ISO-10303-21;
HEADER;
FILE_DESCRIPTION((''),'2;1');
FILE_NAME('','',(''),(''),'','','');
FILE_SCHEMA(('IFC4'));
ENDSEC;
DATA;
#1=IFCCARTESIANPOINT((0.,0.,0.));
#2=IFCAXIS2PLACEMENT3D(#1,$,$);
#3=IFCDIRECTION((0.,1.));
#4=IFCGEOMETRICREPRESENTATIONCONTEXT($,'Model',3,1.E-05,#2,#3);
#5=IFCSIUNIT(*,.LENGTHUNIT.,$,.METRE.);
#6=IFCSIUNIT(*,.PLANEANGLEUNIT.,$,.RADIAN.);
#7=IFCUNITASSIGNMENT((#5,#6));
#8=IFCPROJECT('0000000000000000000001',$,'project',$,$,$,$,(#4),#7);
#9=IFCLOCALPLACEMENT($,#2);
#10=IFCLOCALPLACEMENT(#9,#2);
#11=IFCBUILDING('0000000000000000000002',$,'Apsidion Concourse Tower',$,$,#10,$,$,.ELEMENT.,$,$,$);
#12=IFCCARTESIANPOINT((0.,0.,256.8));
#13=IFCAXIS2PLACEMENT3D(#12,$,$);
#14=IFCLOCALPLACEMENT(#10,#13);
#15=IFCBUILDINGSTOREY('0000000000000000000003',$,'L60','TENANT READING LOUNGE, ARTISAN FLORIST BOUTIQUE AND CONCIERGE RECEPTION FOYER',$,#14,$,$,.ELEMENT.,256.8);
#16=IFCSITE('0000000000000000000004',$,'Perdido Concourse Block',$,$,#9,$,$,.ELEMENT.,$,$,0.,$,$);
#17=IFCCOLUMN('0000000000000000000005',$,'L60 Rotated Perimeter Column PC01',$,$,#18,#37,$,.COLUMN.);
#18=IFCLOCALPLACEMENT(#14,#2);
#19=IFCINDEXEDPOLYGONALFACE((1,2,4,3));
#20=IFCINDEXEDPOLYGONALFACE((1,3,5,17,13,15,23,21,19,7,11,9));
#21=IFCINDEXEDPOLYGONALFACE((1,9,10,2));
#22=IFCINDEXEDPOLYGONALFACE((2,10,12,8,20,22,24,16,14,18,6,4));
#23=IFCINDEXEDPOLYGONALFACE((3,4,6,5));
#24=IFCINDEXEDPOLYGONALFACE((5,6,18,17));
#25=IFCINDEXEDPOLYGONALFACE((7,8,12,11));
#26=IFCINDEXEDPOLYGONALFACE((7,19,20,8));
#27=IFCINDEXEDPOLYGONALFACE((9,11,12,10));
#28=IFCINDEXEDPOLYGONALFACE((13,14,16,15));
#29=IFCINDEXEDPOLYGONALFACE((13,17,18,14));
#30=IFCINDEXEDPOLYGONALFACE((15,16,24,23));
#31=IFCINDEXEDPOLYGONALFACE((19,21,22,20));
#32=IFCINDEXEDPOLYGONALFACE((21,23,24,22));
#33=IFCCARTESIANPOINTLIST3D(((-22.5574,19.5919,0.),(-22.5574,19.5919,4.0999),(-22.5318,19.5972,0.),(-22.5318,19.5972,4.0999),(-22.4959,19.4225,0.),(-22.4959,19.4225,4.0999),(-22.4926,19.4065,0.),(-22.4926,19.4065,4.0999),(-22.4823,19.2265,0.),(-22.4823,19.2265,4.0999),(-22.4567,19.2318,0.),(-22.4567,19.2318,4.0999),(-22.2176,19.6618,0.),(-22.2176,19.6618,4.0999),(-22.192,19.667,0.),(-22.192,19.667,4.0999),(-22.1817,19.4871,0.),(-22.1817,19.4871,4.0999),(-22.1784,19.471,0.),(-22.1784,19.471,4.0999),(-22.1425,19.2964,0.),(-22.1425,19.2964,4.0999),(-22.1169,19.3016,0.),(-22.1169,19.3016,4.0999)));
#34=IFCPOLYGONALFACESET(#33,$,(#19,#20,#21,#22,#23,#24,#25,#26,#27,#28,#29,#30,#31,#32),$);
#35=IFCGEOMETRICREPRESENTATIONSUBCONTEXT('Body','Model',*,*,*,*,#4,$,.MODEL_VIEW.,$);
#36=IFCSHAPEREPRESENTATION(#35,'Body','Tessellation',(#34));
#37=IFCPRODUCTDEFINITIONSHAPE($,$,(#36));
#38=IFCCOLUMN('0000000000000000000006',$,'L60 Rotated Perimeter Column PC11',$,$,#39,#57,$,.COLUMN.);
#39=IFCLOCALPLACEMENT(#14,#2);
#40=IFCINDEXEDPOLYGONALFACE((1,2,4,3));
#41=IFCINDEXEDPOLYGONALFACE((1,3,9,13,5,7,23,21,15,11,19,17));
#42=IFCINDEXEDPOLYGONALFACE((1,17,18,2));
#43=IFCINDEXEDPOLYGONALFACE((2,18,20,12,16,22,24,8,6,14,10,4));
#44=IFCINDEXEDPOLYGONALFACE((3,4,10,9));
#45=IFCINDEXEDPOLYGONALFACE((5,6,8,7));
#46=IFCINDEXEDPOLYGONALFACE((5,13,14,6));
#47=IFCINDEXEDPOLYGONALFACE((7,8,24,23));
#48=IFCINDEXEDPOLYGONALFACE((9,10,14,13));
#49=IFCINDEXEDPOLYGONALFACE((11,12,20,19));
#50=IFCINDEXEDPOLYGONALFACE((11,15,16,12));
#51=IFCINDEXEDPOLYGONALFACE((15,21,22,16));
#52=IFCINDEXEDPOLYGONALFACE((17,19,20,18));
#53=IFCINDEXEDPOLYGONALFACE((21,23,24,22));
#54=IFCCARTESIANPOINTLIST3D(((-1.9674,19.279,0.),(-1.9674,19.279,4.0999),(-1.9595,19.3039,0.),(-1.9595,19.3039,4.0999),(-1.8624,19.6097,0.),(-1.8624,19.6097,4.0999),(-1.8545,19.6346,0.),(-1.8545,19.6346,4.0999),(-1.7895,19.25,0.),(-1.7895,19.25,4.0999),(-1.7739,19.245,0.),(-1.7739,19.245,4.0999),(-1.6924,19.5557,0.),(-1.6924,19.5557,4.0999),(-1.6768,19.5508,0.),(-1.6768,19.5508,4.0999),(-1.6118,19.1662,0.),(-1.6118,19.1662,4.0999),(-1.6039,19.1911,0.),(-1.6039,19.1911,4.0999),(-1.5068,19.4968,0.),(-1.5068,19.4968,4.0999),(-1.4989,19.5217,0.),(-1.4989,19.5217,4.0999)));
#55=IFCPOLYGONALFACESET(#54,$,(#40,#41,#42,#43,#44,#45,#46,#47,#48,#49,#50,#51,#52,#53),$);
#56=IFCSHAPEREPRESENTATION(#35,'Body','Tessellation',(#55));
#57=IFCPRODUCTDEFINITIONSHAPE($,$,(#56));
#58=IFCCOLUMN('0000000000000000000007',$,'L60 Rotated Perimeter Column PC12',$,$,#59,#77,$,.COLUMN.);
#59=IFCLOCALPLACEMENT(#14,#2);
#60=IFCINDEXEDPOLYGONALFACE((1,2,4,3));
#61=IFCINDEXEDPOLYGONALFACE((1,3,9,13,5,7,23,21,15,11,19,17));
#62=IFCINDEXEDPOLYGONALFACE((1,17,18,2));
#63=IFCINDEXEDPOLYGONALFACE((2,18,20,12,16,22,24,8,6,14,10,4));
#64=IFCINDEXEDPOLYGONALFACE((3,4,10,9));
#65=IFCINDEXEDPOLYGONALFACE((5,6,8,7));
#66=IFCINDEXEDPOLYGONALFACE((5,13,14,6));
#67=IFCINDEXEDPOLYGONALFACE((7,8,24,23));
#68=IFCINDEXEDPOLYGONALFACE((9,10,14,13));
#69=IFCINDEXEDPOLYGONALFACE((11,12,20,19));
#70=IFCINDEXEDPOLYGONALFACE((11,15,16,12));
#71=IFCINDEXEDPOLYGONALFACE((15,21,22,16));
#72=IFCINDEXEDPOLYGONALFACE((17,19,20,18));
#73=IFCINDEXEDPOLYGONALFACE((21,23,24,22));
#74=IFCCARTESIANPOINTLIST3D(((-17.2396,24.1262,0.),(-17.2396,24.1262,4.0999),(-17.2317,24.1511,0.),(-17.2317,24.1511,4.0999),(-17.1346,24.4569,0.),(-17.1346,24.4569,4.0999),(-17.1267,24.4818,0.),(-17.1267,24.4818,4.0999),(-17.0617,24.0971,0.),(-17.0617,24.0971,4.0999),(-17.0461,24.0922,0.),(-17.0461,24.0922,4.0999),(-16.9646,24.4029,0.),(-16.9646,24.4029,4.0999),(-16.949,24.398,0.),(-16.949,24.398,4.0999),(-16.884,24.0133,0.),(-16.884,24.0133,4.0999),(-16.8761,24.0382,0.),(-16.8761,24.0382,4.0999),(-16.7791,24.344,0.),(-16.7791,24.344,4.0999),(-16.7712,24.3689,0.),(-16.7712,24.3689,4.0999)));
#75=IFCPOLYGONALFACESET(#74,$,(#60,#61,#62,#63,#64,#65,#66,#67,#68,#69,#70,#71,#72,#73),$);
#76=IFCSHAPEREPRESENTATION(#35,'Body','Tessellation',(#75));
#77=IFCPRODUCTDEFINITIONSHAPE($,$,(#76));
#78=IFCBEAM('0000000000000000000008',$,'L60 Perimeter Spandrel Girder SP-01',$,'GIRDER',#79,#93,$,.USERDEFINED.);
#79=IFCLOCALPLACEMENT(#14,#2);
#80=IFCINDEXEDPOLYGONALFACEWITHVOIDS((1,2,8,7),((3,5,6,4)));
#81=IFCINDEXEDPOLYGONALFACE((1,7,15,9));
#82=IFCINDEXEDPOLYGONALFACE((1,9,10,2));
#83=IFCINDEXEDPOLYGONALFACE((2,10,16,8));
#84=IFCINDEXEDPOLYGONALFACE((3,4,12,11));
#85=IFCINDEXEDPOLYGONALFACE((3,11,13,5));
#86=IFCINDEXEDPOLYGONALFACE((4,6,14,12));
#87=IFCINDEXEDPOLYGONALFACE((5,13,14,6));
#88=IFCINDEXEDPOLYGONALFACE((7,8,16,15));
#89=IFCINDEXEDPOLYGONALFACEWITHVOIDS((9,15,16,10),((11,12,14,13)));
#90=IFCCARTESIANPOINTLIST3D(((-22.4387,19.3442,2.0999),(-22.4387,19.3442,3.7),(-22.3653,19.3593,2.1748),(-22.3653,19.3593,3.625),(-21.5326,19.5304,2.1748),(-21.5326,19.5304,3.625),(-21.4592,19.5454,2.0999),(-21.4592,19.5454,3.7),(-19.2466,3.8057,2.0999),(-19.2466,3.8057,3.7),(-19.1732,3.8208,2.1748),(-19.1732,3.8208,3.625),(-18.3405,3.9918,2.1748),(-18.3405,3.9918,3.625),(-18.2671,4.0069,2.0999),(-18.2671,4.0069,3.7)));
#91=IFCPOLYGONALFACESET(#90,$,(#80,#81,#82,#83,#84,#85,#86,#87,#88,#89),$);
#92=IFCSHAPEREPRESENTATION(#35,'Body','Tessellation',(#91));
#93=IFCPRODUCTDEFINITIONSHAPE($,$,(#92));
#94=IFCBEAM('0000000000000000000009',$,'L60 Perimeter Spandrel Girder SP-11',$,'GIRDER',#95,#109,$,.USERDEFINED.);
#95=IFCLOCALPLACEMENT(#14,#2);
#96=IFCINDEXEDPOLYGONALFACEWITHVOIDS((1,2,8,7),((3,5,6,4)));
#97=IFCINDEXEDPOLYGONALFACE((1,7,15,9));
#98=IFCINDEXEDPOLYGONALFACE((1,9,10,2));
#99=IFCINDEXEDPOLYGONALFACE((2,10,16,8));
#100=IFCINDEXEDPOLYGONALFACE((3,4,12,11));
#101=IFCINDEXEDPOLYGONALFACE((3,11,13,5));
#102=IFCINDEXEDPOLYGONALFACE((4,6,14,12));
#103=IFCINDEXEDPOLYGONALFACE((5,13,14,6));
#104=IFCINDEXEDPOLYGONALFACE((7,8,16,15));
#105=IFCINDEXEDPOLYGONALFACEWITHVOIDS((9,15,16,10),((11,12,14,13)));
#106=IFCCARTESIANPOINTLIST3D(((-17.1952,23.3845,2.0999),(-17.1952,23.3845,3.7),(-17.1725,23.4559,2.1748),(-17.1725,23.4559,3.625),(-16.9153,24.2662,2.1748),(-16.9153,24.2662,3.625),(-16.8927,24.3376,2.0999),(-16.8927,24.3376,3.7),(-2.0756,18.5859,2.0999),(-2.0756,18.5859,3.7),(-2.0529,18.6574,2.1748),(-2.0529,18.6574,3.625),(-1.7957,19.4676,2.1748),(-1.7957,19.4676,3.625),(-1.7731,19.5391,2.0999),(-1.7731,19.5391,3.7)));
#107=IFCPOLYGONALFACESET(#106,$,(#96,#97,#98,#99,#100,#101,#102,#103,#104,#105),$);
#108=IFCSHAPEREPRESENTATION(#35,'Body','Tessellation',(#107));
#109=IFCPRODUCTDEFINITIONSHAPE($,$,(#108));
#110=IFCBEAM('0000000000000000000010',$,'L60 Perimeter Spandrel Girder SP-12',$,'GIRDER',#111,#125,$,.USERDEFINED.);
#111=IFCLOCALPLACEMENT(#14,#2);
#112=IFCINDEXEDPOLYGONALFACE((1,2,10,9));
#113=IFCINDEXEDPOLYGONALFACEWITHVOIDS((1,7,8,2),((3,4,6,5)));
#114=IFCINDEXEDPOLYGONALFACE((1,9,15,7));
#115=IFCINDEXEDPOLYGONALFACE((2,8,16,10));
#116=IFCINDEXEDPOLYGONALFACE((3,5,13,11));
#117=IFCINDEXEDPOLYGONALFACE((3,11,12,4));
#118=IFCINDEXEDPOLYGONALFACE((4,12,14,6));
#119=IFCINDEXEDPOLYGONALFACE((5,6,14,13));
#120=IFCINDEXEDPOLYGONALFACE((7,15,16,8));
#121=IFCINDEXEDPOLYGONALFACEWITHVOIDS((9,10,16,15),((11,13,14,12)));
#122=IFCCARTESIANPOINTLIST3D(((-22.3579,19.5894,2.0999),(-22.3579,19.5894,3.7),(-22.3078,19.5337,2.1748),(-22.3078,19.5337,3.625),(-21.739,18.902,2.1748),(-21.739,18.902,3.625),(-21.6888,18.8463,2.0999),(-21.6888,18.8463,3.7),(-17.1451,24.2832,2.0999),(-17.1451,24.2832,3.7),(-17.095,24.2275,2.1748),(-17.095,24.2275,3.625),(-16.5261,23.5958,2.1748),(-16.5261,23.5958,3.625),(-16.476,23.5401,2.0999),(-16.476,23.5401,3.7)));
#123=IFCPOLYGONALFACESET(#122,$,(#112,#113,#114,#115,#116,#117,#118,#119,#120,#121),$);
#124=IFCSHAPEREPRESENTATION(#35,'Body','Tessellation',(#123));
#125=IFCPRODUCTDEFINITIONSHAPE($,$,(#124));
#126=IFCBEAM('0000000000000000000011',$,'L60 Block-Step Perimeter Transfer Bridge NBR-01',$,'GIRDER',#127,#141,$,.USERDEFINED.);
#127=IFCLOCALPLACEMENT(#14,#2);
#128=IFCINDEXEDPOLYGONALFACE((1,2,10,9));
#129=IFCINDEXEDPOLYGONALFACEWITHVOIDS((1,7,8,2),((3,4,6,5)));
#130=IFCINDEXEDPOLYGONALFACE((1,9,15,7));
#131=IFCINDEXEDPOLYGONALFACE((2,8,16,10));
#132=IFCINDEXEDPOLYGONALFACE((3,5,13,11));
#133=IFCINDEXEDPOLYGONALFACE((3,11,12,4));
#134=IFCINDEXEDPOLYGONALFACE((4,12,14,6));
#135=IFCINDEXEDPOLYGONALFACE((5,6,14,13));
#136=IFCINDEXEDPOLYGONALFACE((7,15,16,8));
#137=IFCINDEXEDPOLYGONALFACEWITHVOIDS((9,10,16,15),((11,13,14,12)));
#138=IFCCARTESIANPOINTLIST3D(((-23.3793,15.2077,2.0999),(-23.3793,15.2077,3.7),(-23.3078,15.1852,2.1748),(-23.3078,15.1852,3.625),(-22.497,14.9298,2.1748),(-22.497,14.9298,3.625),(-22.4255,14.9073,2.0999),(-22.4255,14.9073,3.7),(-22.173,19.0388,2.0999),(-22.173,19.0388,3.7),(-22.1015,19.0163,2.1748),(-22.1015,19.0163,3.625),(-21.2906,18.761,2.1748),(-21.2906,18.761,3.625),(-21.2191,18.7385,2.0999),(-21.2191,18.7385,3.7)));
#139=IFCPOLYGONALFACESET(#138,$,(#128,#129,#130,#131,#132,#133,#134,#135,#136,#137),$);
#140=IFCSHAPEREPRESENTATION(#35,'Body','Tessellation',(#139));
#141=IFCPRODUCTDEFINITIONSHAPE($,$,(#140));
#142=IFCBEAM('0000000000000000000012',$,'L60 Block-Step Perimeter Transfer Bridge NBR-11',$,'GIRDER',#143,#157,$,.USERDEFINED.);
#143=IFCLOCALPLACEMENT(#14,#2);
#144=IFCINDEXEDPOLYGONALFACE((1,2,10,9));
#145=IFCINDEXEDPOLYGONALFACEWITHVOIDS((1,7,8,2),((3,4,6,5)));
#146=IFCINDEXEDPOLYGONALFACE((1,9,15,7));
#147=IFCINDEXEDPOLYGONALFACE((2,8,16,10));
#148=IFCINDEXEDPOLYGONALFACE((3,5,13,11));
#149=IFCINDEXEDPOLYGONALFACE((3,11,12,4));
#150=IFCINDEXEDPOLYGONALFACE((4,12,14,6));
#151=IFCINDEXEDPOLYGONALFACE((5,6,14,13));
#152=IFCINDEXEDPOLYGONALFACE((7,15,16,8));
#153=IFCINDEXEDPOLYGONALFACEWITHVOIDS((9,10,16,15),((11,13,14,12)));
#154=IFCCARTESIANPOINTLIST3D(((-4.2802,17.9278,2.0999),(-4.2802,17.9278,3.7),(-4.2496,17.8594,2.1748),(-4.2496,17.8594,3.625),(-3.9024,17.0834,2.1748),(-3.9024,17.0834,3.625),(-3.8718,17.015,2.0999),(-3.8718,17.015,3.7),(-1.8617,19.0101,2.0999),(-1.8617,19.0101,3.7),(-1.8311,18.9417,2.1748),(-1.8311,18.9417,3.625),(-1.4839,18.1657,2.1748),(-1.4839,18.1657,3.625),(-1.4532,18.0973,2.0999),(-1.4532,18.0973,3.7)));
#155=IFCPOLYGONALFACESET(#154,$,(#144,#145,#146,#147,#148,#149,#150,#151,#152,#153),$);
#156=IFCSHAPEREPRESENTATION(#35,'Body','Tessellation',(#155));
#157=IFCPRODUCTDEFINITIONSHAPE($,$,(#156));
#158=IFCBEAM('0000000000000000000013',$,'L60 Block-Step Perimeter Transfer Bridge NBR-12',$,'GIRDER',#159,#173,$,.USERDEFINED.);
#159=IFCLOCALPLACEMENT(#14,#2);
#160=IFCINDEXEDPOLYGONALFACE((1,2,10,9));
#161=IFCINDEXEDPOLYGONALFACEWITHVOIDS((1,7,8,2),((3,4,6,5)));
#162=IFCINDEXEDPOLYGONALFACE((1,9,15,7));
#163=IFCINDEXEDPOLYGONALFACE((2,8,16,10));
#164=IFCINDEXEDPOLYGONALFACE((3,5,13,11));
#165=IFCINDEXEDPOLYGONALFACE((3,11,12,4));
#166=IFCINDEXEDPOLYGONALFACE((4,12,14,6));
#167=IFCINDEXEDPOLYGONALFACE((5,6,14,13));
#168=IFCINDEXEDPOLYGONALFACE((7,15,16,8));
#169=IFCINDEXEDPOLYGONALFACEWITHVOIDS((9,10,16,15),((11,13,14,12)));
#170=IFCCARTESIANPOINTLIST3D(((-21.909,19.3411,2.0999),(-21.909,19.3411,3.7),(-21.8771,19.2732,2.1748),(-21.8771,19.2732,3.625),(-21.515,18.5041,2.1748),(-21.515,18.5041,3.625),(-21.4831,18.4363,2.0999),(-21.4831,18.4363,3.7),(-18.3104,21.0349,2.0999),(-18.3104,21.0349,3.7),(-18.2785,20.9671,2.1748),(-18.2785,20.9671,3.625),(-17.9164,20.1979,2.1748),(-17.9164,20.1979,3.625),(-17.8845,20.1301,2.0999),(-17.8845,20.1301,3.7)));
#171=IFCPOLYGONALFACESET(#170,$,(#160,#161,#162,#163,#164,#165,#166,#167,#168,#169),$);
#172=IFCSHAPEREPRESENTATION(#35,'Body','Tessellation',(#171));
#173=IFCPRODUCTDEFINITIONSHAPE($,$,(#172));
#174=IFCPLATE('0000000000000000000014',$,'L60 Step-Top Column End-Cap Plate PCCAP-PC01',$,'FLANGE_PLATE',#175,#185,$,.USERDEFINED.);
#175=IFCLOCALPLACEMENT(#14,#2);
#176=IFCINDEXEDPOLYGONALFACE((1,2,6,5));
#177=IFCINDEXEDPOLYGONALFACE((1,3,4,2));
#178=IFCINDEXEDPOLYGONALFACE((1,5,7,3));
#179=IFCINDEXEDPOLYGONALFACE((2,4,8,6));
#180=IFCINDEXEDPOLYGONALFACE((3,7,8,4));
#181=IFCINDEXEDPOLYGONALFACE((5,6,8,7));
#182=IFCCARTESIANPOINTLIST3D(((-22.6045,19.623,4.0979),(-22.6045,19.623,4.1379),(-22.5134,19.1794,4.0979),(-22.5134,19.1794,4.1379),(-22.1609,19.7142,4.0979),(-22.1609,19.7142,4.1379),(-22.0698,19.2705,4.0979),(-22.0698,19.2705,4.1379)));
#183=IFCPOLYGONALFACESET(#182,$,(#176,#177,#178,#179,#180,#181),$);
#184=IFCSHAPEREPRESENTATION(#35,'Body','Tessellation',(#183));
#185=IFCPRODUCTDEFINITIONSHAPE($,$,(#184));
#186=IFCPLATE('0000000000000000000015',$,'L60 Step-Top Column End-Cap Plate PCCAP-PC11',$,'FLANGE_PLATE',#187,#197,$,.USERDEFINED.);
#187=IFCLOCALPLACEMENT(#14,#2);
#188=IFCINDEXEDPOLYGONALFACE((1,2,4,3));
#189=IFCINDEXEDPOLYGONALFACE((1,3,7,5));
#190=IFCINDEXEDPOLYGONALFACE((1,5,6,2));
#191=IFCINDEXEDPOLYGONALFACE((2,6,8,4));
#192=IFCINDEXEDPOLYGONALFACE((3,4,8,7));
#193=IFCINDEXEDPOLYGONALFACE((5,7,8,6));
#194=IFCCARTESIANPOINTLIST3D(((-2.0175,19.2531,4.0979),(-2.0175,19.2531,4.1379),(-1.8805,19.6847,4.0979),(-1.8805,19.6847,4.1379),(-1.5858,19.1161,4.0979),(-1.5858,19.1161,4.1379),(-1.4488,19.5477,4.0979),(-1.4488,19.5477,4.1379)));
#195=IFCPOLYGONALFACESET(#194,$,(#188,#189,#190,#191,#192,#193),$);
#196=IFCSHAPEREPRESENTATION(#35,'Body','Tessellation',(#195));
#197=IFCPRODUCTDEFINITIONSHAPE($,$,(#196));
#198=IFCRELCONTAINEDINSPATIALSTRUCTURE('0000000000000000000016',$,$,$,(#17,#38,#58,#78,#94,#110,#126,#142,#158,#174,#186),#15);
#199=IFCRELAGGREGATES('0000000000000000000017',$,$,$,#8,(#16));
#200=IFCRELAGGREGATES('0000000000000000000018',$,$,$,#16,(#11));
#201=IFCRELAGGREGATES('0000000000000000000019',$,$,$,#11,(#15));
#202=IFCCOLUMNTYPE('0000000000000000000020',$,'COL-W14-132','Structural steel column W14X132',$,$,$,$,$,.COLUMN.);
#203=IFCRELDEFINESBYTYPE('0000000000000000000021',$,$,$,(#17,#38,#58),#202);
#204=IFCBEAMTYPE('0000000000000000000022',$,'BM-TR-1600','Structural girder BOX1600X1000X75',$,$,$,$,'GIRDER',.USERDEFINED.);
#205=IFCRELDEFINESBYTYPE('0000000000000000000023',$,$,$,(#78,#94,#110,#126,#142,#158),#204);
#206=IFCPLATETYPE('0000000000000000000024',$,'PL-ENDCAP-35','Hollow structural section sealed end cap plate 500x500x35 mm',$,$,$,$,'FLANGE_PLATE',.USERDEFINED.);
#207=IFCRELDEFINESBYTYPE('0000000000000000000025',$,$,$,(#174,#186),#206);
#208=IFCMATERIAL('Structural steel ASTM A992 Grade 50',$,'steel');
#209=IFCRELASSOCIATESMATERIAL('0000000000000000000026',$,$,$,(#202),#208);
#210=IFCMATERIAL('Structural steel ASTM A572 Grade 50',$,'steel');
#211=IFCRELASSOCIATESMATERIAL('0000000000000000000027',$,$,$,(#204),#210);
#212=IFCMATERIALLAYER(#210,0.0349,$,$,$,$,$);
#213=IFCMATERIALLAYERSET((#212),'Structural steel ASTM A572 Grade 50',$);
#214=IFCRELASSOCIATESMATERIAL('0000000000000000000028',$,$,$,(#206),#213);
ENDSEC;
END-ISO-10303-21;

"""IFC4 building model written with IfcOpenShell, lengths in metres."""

from ifc_helpers import new_model, si_unit, direction, frame, origin, origin_2d, place, context, subcontext, project, spatial, rectangle, hollow_rectangle, i_section, extrude, material, layer, layer_set, material_profile, profile_set, type_object, element, save


model = new_model("IFC4")

# Units and contexts
model_context = context("Model", 3, precision=1e-05, world=origin(), true_north=direction((0.0, 1.0)))
body_context = subcontext(model_context, "Body", "Model", "MODEL_VIEW")
ifc_project = project(units=[si_unit("LENGTHUNIT", "METRE"), si_unit("PLANEANGLEUNIT", "RADIAN")], contexts=[model_context])

# Site, building, storey
site_placement = place(None, origin())
site = spatial("IfcSite", under=ifc_project, at=site_placement, Name="Perdido Concourse Block", CompositionType="ELEMENT", RefElevation=0.0)
building_placement = place(site_placement, origin())
building = spatial("IfcBuilding", under=site, at=building_placement, Name="Apsidion Concourse Tower", CompositionType="ELEMENT")
storey_placement = place(building_placement, frame((0.0, 0.0, 256.8)))
storey = spatial("IfcBuildingStorey", under=building, at=storey_placement, Name="L60", Description="TENANT READING LOUNGE, ARTISAN FLORIST BOUTIQUE AND CONCIERGE RECEPTION FOYER", CompositionType="ELEMENT", Elevation=256.8)

# Columns
ifc_material_1 = material(Name="Structural steel ASTM A992 Grade 50", Category="steel")
ifc_material_profile_1 = material_profile(ifc_material_1, i_section(OverallWidth=0.373, OverallDepth=0.373, WebThickness=0.0164, FlangeThickness=0.0261, at=origin_2d()), Name="W14X132")
ifc_profile_set_1 = profile_set([ifc_material_profile_1], Name="Structural steel ASTM A992 Grade 50")
column_type = type_object("IfcColumnType", Name="COL-W14-132", Description="Structural steel column W14X132", PredefinedType="COLUMN", material=ifc_profile_set_1)
for number, where, z_axis, x_axis, name in (
    (1, (-22.3372, 19.4468, 0.0), (0.0, 0.0, 1.0), (-0.201249, 0.97954, 0.0), "L60 Rotated Perimeter Column PC01"),
    (2, (-1.7332, 19.4004, 0.0), (0.0, 0.0, 1.0), (-0.953138, 0.302536, 0.0), "L60 Rotated Perimeter Column PC11"),
    (3, (-17.0054, 24.2476, 0.0), (0.0, 0.0, 1.0), (-0.953138, 0.302536, 0.0), "L60 Rotated Perimeter Column PC12"),
):
    element("IfcColumn", number, at=place(storey_placement, frame(where, z_axis=z_axis, x_axis=x_axis)), inside=storey, type_object=column_type, Name=name, PredefinedType="COLUMN", context=body_context, shape_type="SweptSolid", body=[
        extrude(i_section(OverallWidth=0.373, OverallDepth=0.373, WebThickness=0.0164, FlangeThickness=0.0261, at=origin_2d()), origin(), (0.0, 0.0, 1.0), 4.0999),
    ])

# Beams
ifc_material_2 = material(Name="Structural steel ASTM A572 Grade 50", Category="steel")
ifc_material_profile_2 = material_profile(ifc_material_2, hollow_rectangle(XDim=1.0, YDim=1.6001, WallThickness=0.075, at=origin_2d()), Name="BOX1600X1000X75")
ifc_profile_set_2 = profile_set([ifc_material_profile_2], Name="Structural steel ASTM A572 Grade 50")
beam_type = type_object("IfcBeamType", Name="BM-TR-1600", Description="Structural girder BOX1600X1000X75", ElementType="GIRDER", PredefinedType="USERDEFINED", material=ifc_profile_set_2)
beam_1_placement = place(storey_placement, frame((-21.949, 19.4448, 2.8999), z_axis=(0.201231, -0.979544, 0.0), x_axis=(0.979544, 0.201231, 0.0)))
element("IfcBeam", 4, at=beam_1_placement, inside=storey, type_object=beam_type, Name="L60 Perimeter Spandrel Girder SP-01", ObjectType="GIRDER", PredefinedType="USERDEFINED", context=body_context, shape_type="SweptSolid", body=[
    extrude(hollow_rectangle(XDim=1.0, YDim=1.6001, WallThickness=0.075, at=origin_2d()), origin(), (0.0, 0.0, 1.0), 15.863),
])
beam_2_placement = place(storey_placement, frame((-1.9243, 19.0625, 2.8999), z_axis=(-0.953148, 0.302505, 0.0), x_axis=(-0.302505, -0.953148, 0.0)))
element("IfcBeam", 5, at=beam_2_placement, inside=storey, type_object=beam_type, Name="L60 Perimeter Spandrel Girder SP-11", ObjectType="GIRDER", PredefinedType="USERDEFINED", context=body_context, shape_type="SweptSolid", body=[
    extrude(hollow_rectangle(XDim=1.0, YDim=1.6001, WallThickness=0.075, at=origin_2d()), origin(), (0.0, 0.0, 1.0), 15.8628),
])
beam_3_placement = place(storey_placement, frame((-16.8105, 23.9116, 2.8999), z_axis=(-0.743135, -0.669142, 0.0), x_axis=(0.669142, -0.743135, 0.0)))
element("IfcBeam", 6, at=beam_3_placement, inside=storey, type_object=beam_type, Name="L60 Perimeter Spandrel Girder SP-12", ObjectType="GIRDER", PredefinedType="USERDEFINED", context=body_context, shape_type="SweptSolid", body=[
    extrude(hollow_rectangle(XDim=1.0, YDim=1.6001, WallThickness=0.075, at=origin_2d()), origin(), (0.0, 0.0, 1.0), 7.0146),
])
beam_4_placement = place(storey_placement, frame((-21.696, 18.8887, 2.8999), z_axis=(-0.300337, -0.953833, 0.0), x_axis=(0.953833, -0.300337, 0.0)))
element("IfcBeam", 7, at=beam_4_placement, inside=storey, type_object=beam_type, Name="L60 Block-Step Perimeter Transfer Bridge NBR-01", ObjectType="GIRDER", PredefinedType="USERDEFINED", context=body_context, shape_type="SweptSolid", body=[
    extrude(hollow_rectangle(XDim=1.0, YDim=1.6001, WallThickness=0.075, at=origin_2d()), origin(), (0.0, 0.0, 1.0), 4.0166),
])
beam_5_placement = place(storey_placement, frame((-1.6575, 18.5537, 2.8999), z_axis=(-0.912771, -0.408471, 0.0), x_axis=(0.408471, -0.912771, 0.0)))
element("IfcBeam", 8, at=beam_5_placement, inside=storey, type_object=beam_type, Name="L60 Block-Step Perimeter Transfer Bridge NBR-11", ObjectType="GIRDER", PredefinedType="USERDEFINED", context=body_context, shape_type="SweptSolid", body=[
    extrude(hollow_rectangle(XDim=1.0, YDim=1.6001, WallThickness=0.075, at=origin_2d()), origin(), (0.0, 0.0, 1.0), 2.6497),
])
beam_6_placement = place(storey_placement, frame((-21.696, 18.8887, 2.8999), z_axis=(0.904783, 0.425874, 0.0), x_axis=(-0.425874, 0.904783, 0.0)))
element("IfcBeam", 9, at=beam_6_placement, inside=storey, type_object=beam_type, Name="L60 Block-Step Perimeter Transfer Bridge NBR-12", ObjectType="GIRDER", PredefinedType="USERDEFINED", context=body_context, shape_type="SweptSolid", body=[
    extrude(hollow_rectangle(XDim=1.0, YDim=1.6001, WallThickness=0.075, at=origin_2d()), origin(), (0.0, 0.0, 1.0), 3.9773),
])

# Plates
ifc_layer_1 = layer(ifc_material_2, 0.0349)
ifc_layer_set_1 = layer_set([ifc_layer_1], Name="Structural steel ASTM A572 Grade 50")
plate_type = type_object("IfcPlateType", Name="PL-ENDCAP-35", Description="Hollow structural section sealed end cap plate 500x500x35 mm", ElementType="FLANGE_PLATE", PredefinedType="USERDEFINED", material=ifc_layer_set_1)
for number, where, z_axis, x_axis, name in (
    (10, (-22.3372, 19.4468, 4.0979), (0.0, 0.0, 1.0), (-0.201249, 0.97954, 0.0), "L60 Step-Top Column End-Cap Plate PCCAP-PC01"),
    (11, (-1.7332, 19.4004, 4.0979), (0.0, 0.0, 1.0), (-0.953138, 0.302536, 0.0), "L60 Step-Top Column End-Cap Plate PCCAP-PC11"),
):
    element("IfcPlate", number, at=place(storey_placement, frame(where, z_axis=z_axis, x_axis=x_axis)), inside=storey, type_object=plate_type, Name=name, ObjectType="FLANGE_PLATE", PredefinedType="USERDEFINED", context=body_context, shape_type="SweptSolid", body=[
        extrude(rectangle(XDim=0.4529, YDim=0.4529, at=origin_2d()), origin(), (0.0, 0.0, 1.0), 0.04),
    ])

save(model, "model.ifc")
